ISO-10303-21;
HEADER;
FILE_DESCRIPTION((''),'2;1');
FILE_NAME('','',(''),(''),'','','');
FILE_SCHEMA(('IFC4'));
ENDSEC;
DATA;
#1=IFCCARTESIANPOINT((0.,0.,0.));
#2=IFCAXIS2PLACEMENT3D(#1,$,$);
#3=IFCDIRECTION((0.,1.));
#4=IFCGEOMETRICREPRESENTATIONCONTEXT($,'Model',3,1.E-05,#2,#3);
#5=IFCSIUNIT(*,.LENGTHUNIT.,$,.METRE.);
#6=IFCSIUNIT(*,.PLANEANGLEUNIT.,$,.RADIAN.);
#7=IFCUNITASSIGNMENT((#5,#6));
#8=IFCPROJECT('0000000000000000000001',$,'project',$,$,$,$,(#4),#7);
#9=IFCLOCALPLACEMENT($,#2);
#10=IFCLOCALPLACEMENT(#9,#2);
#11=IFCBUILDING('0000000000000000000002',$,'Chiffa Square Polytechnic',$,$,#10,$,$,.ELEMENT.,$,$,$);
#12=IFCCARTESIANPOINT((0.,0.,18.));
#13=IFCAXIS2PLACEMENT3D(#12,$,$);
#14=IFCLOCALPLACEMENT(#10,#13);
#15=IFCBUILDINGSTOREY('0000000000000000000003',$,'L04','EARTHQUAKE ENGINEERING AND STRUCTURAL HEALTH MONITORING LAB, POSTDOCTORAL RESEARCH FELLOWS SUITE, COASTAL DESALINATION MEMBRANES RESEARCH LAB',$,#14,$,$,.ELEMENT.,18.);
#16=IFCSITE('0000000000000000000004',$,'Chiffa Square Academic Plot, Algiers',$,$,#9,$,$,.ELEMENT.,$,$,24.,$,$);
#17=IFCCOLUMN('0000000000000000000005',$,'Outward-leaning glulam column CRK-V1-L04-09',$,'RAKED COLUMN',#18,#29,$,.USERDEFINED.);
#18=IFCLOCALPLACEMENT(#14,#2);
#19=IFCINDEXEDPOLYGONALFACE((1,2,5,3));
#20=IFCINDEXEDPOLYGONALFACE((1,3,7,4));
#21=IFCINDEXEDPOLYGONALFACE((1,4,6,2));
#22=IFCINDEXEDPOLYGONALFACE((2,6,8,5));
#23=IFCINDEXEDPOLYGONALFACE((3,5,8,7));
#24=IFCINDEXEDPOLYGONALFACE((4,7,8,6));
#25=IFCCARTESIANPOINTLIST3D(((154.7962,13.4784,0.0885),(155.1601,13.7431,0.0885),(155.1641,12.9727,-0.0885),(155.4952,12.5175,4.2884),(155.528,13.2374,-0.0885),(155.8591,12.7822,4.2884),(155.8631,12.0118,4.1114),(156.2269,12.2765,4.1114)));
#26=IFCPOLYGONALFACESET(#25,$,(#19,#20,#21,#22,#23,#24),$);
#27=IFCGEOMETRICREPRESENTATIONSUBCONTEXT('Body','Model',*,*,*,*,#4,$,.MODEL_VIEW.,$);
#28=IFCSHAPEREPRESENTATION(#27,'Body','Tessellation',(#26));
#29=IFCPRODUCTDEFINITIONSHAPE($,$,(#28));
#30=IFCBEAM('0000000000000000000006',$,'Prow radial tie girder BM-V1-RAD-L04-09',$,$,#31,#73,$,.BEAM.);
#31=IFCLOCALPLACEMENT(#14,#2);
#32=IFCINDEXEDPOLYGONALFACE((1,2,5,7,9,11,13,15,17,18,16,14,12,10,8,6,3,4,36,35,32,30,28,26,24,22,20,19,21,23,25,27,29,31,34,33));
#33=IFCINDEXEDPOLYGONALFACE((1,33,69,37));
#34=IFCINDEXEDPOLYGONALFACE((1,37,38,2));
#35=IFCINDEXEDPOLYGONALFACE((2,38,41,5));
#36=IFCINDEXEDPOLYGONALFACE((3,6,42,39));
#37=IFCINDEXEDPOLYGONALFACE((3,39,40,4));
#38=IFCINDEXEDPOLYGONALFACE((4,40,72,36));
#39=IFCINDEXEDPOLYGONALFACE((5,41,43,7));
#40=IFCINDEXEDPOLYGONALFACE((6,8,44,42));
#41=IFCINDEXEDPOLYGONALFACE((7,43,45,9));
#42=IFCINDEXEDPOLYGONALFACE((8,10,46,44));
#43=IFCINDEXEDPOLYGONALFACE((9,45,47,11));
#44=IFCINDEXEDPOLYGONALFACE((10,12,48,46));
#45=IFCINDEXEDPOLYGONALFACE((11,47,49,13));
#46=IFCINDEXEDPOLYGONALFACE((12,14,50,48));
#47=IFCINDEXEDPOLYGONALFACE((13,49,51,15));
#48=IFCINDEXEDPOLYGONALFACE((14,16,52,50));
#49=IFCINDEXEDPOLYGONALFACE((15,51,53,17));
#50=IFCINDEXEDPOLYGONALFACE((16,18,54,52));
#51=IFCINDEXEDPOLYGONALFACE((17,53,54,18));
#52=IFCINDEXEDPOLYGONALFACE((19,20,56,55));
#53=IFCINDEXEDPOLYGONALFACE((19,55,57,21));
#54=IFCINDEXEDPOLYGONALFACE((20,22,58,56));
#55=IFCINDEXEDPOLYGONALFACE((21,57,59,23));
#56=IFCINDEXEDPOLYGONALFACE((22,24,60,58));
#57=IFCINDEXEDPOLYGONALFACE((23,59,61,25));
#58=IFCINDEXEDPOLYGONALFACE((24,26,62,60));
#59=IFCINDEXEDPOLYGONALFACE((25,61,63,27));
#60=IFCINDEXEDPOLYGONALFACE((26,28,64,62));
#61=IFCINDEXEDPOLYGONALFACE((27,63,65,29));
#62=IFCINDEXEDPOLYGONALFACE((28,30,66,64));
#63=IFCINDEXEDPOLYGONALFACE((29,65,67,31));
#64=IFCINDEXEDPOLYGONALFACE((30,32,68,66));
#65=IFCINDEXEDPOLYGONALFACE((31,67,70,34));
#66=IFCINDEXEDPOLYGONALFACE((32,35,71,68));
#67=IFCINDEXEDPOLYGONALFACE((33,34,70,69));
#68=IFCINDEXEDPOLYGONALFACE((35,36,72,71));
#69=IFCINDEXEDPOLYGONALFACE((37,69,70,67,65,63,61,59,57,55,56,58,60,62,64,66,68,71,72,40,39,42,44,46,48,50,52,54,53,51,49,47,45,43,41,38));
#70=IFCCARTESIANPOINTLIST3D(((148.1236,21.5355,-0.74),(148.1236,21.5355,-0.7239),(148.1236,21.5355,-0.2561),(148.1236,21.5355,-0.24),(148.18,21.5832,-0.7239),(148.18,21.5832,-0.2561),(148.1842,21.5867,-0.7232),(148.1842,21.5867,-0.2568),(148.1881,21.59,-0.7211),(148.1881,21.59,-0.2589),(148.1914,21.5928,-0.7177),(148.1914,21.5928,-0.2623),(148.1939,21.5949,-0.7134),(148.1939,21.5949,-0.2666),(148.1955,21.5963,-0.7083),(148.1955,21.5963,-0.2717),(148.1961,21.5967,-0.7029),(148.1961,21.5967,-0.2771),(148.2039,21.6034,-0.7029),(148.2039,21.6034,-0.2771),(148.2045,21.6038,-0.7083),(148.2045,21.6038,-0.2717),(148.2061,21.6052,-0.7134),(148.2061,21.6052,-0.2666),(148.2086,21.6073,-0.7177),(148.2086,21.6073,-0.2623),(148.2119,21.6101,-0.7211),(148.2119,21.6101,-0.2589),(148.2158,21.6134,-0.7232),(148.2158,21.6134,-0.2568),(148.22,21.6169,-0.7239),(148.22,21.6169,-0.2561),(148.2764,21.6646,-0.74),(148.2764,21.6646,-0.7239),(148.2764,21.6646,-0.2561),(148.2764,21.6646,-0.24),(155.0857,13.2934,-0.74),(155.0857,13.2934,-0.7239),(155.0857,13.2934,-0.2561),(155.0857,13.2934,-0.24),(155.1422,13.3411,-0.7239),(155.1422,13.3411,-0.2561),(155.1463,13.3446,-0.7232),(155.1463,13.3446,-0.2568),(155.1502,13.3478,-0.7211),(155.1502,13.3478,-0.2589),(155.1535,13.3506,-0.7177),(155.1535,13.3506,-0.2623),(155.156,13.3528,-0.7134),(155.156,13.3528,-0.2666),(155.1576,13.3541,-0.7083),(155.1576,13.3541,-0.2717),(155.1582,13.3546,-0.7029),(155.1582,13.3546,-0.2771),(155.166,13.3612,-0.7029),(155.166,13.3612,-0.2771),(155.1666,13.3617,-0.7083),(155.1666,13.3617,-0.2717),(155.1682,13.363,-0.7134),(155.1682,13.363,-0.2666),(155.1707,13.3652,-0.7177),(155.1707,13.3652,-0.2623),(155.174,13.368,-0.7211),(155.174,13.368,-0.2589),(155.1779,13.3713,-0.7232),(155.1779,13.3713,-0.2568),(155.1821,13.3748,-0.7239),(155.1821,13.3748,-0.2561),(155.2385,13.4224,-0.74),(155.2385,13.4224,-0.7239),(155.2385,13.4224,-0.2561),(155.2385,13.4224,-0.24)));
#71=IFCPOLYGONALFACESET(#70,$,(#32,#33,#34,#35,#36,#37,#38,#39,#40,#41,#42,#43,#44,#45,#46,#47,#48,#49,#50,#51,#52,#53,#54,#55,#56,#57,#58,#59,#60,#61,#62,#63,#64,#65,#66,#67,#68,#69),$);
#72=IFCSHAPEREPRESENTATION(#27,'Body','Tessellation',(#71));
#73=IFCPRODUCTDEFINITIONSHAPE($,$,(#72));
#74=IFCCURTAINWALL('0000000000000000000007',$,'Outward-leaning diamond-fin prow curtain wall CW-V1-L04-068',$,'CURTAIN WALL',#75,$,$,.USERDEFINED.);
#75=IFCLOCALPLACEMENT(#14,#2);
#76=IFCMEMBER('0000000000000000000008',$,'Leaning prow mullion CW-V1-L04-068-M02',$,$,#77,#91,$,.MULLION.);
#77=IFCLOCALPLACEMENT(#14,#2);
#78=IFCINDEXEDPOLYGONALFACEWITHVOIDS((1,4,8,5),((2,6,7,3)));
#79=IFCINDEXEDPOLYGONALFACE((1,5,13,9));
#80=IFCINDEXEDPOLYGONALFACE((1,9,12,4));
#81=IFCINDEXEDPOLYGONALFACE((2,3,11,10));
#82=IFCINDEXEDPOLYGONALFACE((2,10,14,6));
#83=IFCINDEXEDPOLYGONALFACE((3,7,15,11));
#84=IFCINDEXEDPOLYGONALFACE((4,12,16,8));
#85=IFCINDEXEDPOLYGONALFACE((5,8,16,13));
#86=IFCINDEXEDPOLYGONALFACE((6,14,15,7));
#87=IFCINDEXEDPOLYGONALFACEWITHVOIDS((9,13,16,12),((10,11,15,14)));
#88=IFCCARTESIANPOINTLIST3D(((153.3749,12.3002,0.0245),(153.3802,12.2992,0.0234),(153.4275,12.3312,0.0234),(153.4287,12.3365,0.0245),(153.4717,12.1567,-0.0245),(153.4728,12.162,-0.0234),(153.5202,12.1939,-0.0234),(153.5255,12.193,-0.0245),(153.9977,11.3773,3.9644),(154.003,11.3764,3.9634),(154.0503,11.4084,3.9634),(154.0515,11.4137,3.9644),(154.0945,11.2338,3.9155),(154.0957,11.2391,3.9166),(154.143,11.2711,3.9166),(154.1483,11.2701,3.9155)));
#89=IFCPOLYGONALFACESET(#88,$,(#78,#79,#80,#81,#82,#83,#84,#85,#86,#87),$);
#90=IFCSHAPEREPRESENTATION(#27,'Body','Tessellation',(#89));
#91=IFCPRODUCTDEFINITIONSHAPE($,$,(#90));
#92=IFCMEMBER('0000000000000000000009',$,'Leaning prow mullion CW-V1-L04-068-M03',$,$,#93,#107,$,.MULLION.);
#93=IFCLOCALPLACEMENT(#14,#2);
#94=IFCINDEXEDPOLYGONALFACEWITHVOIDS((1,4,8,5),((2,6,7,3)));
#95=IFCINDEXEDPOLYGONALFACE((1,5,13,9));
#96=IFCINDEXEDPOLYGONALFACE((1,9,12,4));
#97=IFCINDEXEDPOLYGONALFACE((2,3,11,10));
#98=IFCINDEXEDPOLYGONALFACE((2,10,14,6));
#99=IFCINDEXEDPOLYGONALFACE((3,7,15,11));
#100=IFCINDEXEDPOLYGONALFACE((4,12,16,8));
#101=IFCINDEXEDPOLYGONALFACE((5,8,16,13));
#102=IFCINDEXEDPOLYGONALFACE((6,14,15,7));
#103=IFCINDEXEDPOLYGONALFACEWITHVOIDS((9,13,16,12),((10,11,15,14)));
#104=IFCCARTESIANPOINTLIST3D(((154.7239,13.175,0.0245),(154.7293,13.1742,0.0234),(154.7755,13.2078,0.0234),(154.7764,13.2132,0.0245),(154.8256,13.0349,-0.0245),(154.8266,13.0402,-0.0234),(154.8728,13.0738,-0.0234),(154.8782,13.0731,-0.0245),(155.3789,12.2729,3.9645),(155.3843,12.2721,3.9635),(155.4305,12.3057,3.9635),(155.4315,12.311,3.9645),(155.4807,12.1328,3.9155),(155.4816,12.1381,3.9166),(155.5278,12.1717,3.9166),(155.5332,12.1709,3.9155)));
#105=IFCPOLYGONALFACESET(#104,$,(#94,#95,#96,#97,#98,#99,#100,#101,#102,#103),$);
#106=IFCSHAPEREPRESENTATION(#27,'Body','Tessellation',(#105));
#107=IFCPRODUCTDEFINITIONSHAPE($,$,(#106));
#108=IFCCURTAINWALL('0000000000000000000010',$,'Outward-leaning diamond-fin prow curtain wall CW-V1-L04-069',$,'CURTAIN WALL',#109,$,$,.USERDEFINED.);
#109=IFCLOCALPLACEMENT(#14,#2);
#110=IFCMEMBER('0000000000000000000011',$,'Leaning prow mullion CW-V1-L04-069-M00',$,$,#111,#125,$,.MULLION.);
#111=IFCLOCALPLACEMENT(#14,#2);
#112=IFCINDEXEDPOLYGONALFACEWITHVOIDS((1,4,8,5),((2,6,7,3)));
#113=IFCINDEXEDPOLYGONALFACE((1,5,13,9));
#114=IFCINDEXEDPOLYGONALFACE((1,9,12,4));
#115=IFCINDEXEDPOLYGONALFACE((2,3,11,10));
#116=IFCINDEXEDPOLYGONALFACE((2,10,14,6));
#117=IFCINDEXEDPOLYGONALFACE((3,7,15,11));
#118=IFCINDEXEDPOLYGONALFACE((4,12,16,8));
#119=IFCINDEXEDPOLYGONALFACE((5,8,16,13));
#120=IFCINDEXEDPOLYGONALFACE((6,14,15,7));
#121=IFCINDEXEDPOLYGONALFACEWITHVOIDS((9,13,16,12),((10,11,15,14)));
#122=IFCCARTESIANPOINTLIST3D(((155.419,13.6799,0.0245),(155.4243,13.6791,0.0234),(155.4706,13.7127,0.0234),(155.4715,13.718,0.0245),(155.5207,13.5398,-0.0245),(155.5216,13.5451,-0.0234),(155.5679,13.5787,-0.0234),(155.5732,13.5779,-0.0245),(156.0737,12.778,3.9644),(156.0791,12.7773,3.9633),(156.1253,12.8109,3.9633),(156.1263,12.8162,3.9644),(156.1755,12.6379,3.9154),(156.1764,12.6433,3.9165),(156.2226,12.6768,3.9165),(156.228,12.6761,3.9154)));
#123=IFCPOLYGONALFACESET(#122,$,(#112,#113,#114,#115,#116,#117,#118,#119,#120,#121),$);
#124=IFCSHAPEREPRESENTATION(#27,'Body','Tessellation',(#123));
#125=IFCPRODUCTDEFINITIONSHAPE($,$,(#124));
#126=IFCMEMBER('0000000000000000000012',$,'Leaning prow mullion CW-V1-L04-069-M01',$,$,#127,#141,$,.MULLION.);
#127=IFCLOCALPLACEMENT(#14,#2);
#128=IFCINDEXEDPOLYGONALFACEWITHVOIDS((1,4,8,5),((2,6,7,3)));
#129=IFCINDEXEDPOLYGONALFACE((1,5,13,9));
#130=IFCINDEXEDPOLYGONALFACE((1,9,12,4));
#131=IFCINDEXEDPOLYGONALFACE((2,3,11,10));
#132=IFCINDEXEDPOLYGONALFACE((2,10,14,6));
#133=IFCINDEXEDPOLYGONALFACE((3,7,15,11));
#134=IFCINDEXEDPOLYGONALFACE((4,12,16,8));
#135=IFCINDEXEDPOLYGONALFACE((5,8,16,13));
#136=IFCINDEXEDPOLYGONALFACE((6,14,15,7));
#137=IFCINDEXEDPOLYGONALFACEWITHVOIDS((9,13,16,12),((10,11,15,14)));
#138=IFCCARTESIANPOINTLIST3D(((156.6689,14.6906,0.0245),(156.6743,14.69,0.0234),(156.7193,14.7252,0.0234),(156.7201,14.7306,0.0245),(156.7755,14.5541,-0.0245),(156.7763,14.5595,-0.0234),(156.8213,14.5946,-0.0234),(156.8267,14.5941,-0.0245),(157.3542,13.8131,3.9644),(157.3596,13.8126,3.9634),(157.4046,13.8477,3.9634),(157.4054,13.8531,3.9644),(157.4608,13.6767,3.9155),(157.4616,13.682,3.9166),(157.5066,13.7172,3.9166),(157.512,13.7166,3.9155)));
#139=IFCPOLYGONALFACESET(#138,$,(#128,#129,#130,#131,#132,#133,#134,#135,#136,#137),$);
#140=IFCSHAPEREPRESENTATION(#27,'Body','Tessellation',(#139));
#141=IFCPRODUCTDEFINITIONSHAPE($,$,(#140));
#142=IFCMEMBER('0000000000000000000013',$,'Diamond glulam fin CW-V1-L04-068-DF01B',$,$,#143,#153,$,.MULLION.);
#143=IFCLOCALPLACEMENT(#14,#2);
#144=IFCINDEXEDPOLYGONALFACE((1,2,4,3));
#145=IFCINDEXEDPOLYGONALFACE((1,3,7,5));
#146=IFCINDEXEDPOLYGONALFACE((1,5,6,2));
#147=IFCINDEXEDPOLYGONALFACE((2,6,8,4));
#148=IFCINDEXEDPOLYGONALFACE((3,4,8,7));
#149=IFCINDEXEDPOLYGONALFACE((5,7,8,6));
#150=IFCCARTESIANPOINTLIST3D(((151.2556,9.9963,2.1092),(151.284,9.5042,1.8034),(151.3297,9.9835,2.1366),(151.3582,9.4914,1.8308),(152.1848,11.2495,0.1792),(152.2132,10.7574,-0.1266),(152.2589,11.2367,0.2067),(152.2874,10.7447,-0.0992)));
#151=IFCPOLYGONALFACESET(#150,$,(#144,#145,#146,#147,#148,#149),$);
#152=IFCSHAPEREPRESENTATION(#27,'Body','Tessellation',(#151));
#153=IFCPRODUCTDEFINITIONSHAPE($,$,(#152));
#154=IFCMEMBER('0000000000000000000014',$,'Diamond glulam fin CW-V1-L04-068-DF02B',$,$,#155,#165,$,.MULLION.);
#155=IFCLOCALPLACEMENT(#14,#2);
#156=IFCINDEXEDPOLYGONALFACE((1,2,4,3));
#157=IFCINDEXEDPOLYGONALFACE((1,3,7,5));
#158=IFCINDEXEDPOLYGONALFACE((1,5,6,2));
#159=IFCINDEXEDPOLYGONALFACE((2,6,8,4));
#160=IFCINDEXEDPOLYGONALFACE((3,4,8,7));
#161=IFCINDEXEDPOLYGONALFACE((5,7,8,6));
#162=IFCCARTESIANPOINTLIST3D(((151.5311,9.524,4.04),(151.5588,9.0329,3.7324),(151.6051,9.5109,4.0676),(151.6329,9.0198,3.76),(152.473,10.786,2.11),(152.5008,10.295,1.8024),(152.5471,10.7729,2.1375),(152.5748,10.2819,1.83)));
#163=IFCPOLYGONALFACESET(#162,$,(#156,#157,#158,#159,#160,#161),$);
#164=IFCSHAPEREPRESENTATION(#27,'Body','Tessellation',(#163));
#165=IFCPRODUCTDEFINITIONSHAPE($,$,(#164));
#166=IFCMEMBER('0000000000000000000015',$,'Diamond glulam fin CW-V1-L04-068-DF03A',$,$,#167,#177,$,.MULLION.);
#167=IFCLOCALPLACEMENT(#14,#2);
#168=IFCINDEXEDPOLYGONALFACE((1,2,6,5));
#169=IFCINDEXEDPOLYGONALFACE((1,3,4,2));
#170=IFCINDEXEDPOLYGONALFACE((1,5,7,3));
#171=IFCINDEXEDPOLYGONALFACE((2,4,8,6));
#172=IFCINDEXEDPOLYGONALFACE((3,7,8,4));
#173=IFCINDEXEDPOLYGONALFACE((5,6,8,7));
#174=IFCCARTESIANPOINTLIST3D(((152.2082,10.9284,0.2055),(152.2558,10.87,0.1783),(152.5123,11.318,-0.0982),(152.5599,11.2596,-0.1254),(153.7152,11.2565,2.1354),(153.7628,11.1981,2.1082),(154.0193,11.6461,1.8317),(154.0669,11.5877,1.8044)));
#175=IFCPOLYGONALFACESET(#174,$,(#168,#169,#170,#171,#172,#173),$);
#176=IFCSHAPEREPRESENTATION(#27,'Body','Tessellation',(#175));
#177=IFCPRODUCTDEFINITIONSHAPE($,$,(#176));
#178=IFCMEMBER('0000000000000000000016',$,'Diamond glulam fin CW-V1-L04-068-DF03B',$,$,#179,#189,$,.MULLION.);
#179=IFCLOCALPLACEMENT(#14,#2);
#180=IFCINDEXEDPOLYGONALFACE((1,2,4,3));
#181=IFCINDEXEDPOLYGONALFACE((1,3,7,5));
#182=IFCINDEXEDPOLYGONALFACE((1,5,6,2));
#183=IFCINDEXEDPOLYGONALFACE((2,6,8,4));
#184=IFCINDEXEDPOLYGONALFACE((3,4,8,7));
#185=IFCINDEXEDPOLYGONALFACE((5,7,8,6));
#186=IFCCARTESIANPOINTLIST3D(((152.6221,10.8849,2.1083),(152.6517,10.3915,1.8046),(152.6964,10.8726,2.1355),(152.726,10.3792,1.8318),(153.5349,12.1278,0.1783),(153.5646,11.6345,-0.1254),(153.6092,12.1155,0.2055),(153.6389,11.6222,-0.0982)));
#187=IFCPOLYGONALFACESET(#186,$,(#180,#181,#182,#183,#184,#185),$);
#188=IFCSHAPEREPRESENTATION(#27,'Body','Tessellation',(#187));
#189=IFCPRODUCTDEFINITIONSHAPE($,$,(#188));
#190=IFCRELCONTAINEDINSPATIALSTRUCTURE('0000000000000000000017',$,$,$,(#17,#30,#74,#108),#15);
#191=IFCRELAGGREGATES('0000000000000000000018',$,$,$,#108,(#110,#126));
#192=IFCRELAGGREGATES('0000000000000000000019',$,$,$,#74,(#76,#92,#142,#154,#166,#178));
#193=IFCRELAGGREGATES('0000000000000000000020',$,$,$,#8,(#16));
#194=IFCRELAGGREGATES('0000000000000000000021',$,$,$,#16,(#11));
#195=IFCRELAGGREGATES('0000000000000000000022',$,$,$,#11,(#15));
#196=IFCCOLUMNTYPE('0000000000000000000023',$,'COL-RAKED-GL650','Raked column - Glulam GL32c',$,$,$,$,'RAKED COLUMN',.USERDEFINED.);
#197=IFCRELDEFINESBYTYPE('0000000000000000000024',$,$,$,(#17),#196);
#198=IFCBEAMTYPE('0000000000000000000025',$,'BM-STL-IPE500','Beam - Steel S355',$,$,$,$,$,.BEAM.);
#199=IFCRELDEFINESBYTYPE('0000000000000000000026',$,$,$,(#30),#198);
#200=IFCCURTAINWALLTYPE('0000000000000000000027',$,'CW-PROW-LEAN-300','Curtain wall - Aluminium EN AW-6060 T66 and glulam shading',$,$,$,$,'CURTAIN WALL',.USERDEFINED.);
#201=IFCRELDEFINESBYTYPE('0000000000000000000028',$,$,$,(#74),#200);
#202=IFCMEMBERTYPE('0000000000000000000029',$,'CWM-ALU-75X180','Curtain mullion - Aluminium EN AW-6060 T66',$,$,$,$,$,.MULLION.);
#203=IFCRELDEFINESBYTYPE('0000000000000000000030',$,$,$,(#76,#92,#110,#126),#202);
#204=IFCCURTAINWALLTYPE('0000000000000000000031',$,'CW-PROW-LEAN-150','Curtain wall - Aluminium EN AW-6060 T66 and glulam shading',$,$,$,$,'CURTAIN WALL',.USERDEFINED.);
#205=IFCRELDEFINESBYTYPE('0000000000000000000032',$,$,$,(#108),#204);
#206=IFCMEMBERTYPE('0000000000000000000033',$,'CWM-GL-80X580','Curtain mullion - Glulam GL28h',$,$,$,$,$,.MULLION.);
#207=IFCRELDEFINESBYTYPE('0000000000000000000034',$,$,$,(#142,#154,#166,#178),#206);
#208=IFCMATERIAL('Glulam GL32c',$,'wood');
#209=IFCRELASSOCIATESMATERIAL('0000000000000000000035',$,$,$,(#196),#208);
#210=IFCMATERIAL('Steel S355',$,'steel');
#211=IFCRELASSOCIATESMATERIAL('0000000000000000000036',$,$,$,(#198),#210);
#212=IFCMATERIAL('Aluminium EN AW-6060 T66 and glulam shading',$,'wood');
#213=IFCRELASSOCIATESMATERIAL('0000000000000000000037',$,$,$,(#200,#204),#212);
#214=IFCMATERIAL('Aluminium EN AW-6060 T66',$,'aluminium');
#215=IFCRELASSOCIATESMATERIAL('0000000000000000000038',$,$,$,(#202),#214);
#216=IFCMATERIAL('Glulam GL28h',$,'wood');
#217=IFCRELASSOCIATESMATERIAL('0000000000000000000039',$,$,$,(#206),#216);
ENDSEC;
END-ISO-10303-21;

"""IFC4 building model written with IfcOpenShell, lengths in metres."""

from ifc_helpers import new_model, si_unit, direction, frame, origin, origin_2d, place, context, subcontext, project, spatial, rectangle, hollow_rectangle, i_section, extrude, material, material_profile, profile_set, type_object, element, aggregate, save


model = new_model("IFC4")

# Units and contexts
model_context = context("Model", 3, precision=1e-05, world=origin(), true_north=direction((0.0, 1.0)))
body_context = subcontext(model_context, "Body", "Model", "MODEL_VIEW")
ifc_project = project(units=[si_unit("LENGTHUNIT", "METRE"), si_unit("PLANEANGLEUNIT", "RADIAN")], contexts=[model_context])

# Site, building, storey
site_placement = place(None, origin())
site = spatial("IfcSite", under=ifc_project, at=site_placement, Name="Chiffa Square Academic Plot, Algiers", CompositionType="ELEMENT", RefElevation=24.0)
building_placement = place(site_placement, origin())
building = spatial("IfcBuilding", under=site, at=building_placement, Name="Chiffa Square Polytechnic", CompositionType="ELEMENT")
storey_placement = place(building_placement, frame((0.0, 0.0, 18.0)))
storey = spatial("IfcBuildingStorey", under=building, at=storey_placement, Name="L04", Description="EARTHQUAKE ENGINEERING AND STRUCTURAL HEALTH MONITORING LAB, POSTDOCTORAL RESEARCH FELLOWS SUITE, COASTAL DESALINATION MEMBRANES RESEARCH LAB", CompositionType="ELEMENT", Elevation=18.0)

# Column
ifc_material_1 = material(Name="Glulam GL32c", Category="wood")
ifc_material_profile_1 = material_profile(ifc_material_1, rectangle(XDim=0.45, YDim=0.6499, at=origin_2d()), Name="GL32c 450x650")
ifc_profile_set_1 = profile_set([ifc_material_profile_1], Name="Glulam GL32c")
column_type = type_object("IfcColumnType", Name="COL-RAKED-GL650", Description="Raked column - Glulam GL32c", ElementType="RAKED COLUMN", PredefinedType="USERDEFINED", material=ifc_profile_set_1)
column_placement = place(storey_placement, frame((155.1621, 13.3579, 0.0), z_axis=(0.160139, -0.220156, 0.96223), x_axis=(0.808692, 0.588233, 0.0)))
element("IfcColumn", 1, at=column_placement, inside=storey, type_object=column_type, Name="Outward-leaning glulam column CRK-V1-L04-09", ObjectType="RAKED COLUMN", PredefinedType="USERDEFINED", context=body_context, shape_type="SweptSolid", body=[
    extrude(rectangle(XDim=0.45, YDim=0.6499, at=origin_2d()), origin(), (0.0, 0.0, 1.0), 4.3647),
])

# Beam
ifc_material_2 = material(Name="Steel S355", Category="steel")
ifc_material_profile_2 = material_profile(ifc_material_2, i_section(OverallWidth=0.2, OverallDepth=0.5, WebThickness=0.0103, FlangeThickness=0.0161, FilletRadius=0.021, at=origin_2d()), Name="IPE 500")
ifc_profile_set_2 = profile_set([ifc_material_profile_2], Name="Steel S355")
beam_type_1 = type_object("IfcBeamType", Name="BM-STL-IPE500", Description="Beam - Steel S355", PredefinedType="BEAM", material=ifc_profile_set_2)
beam_1_placement = place(storey_placement, frame((155.1621, 13.3579, -0.49), z_axis=(-0.645294, 0.763934, 0.0), x_axis=(-0.763934, -0.645294, 0.0)))
element("IfcBeam", 2, at=beam_1_placement, inside=storey, type_object=beam_type_1, Name="Prow radial tie girder BM-V1-RAD-L04-09", PredefinedType="BEAM", context=body_context, shape_type="SweptSolid", body=[
    extrude(i_section(OverallWidth=0.2, OverallDepth=0.5, WebThickness=0.0103, FlangeThickness=0.0161, FilletRadius=0.021, at=origin_2d()), origin(), (0.0, 0.0, 1.0), 10.7891),
])

# Curtain walls, members
ifc_material_3 = material(Name="Aluminium EN AW-6060 T66 and glulam shading", Category="wood")
curtain_wall_type_1 = type_object("IfcCurtainWallType", Name="CW-PROW-LEAN-300", Description="Curtain wall - Aluminium EN AW-6060 T66 and glulam shading", ElementType="CURTAIN WALL", PredefinedType="USERDEFINED", material=ifc_material_3)
curtain_wall_1_placement = place(storey_placement, origin())
curtain_wall_1 = element("IfcCurtainWall", 3, at=curtain_wall_1_placement, inside=storey, type_object=curtain_wall_type_1, Name="Outward-leaning diamond-fin prow curtain wall CW-V1-L04-068", ObjectType="CURTAIN WALL", PredefinedType="USERDEFINED")
ifc_material_4 = material(Name="Aluminium EN AW-6060 T66", Category="aluminium")
ifc_material_profile_3 = material_profile(ifc_material_4, hollow_rectangle(XDim=0.0649, YDim=0.1799, WallThickness=0.0039, at=origin_2d()), Name="ALU 65x180x4")
ifc_profile_set_3 = profile_set([ifc_material_profile_3], Name="Aluminium EN AW-6060 T66")
member_type_1 = type_object("IfcMemberType", Name="CWM-ALU-75X180", Description="Curtain mullion - Aluminium EN AW-6060 T66", PredefinedType="MULLION", material=ifc_profile_set_3)
member_1_placement = place(storey_placement, frame((153.4502, 12.2466, 0.0), z_axis=(0.152117, -0.225403, 0.962317), x_axis=(0.8289, 0.559398, 0.0)))
member_1 = element("IfcMember", 4, at=member_1_placement, type_object=member_type_1, Name="Leaning prow mullion CW-V1-L04-068-M02", PredefinedType="MULLION", context=body_context, shape_type="SweptSolid", body=[
    extrude(hollow_rectangle(XDim=0.0649, YDim=0.1799, WallThickness=0.0039, at=origin_2d()), origin(), (0.0, 0.0, 1.0), 4.0942),
])
member_2_placement = place(storey_placement, frame((154.801, 13.124, 0.0), z_axis=(0.159973, -0.220313, 0.962222), x_axis=(0.809181, 0.58756, 0.0)))
member_2 = element("IfcMember", 5, at=member_2_placement, type_object=member_type_1, Name="Leaning prow mullion CW-V1-L04-068-M03", PredefinedType="MULLION", context=body_context, shape_type="SweptSolid", body=[
    extrude(hollow_rectangle(XDim=0.0649, YDim=0.1799, WallThickness=0.0039, at=origin_2d()), origin(), (0.0, 0.0, 1.0), 4.0947),
])
curtain_wall_type_2 = type_object("IfcCurtainWallType", Name="CW-PROW-LEAN-150", Description="Curtain wall - Aluminium EN AW-6060 T66 and glulam shading", ElementType="CURTAIN WALL", PredefinedType="USERDEFINED", material=ifc_material_3)
curtain_wall_2_placement = place(storey_placement, origin())
curtain_wall_2 = element("IfcCurtainWall", 6, at=curtain_wall_2_placement, inside=storey, type_object=curtain_wall_type_2, Name="Outward-leaning diamond-fin prow curtain wall CW-V1-L04-069", ObjectType="CURTAIN WALL", PredefinedType="USERDEFINED")
member_3_placement = place(storey_placement, frame((155.4961, 13.6289, 0.0), z_axis=(0.159917, -0.220258, 0.962244), x_axis=(0.809209, 0.58752, 0.0)))
member_3 = element("IfcMember", 7, at=member_3_placement, type_object=member_type_1, Name="Leaning prow mullion CW-V1-L04-069-M00", PredefinedType="MULLION", context=body_context, shape_type="SweptSolid", body=[
    extrude(hollow_rectangle(XDim=0.0649, YDim=0.1799, WallThickness=0.0039, at=origin_2d()), origin(), (0.0, 0.0, 1.0), 4.0945),
])
member_4_placement = place(storey_placement, frame((156.7478, 14.6423, 0.0), z_axis=(0.167383, -0.214312, 0.962317), x_axis=(0.788111, 0.615533, 0.0)))
member_4 = element("IfcMember", 8, at=member_4_placement, type_object=member_type_1, Name="Leaning prow mullion CW-V1-L04-069-M01", PredefinedType="MULLION", context=body_context, shape_type="SweptSolid", body=[
    extrude(hollow_rectangle(XDim=0.0649, YDim=0.1799, WallThickness=0.0039, at=origin_2d()), origin(), (0.0, 0.0, 1.0), 4.0942),
])

# Members
ifc_material_5 = material(Name="Glulam GL28h", Category="wood")
ifc_material_profile_4 = material_profile(ifc_material_5, rectangle(XDim=0.0801, YDim=0.5801, at=origin_2d()), Name="GL28h 80x580")
ifc_profile_set_4 = profile_set([ifc_material_profile_4], Name="Glulam GL28h")
member_type_2 = type_object("IfcMemberType", Name="CWM-GL-80X580", Description="Curtain mullion - Glulam GL28h", PredefinedType="MULLION", material=ifc_profile_set_4)
member_5_placement = place(storey_placement, frame((152.2361, 10.9971, 0.04), z_axis=(-0.374431, -0.50498, 0.777687), x_axis=(0.925958, -0.159286, 0.342388)))
member_5 = element("IfcMember", 9, at=member_5_placement, type_object=member_type_2, Name="Diamond glulam fin CW-V1-L04-068-DF01B", PredefinedType="MULLION", context=body_context, shape_type="SweptSolid", body=[
    extrude(rectangle(XDim=0.0801, YDim=0.5801, at=origin_2d()), origin(), (0.0, 0.0, 1.0), 2.4817),
])
member_6_placement = place(storey_placement, frame((152.5239, 10.5339, 1.97), z_axis=(-0.378141, -0.506639, 0.774807), x_axis=(0.924513, -0.163461, 0.344319)))
member_6 = element("IfcMember", 10, at=member_6_placement, type_object=member_type_2, Name="Diamond glulam fin CW-V1-L04-068-DF02B", PredefinedType="MULLION", context=body_context, shape_type="SweptSolid", body=[
    extrude(rectangle(XDim=0.0801, YDim=0.5801, at=origin_2d()), origin(), (0.0, 0.0, 1.0), 2.491),
])
member_7_placement = place(storey_placement, frame((152.384, 11.094, 0.04), z_axis=(0.610019, 0.132815, 0.781176), x_axis=(-0.594138, 0.728961, 0.340024)))
member_7 = element("IfcMember", 11, at=member_7_placement, type_object=member_type_2, Name="Diamond glulam fin CW-V1-L04-068-DF03A", PredefinedType="MULLION", context=body_context, shape_type="SweptSolid", body=[
    extrude(rectangle(XDim=0.0801, YDim=0.5801, at=origin_2d()), origin(), (0.0, 0.0, 1.0), 2.4705),
])
member_8_placement = place(storey_placement, frame((153.5869, 11.875, 0.04), z_axis=(-0.369515, -0.50313, 0.781229), x_axis=(0.927817, -0.153507, 0.339988)))
member_8 = element("IfcMember", 12, at=member_8_placement, type_object=member_type_2, Name="Diamond glulam fin CW-V1-L04-068-DF03B", PredefinedType="MULLION", context=body_context, shape_type="SweptSolid", body=[
    extrude(rectangle(XDim=0.0801, YDim=0.5801, at=origin_2d()), origin(), (0.0, 0.0, 1.0), 2.4705),
])

aggregate(curtain_wall_2, [member_3, member_4])
aggregate(curtain_wall_1, [member_1, member_2, member_5, member_6, member_7, member_8])

save(model, "model.ifc")
